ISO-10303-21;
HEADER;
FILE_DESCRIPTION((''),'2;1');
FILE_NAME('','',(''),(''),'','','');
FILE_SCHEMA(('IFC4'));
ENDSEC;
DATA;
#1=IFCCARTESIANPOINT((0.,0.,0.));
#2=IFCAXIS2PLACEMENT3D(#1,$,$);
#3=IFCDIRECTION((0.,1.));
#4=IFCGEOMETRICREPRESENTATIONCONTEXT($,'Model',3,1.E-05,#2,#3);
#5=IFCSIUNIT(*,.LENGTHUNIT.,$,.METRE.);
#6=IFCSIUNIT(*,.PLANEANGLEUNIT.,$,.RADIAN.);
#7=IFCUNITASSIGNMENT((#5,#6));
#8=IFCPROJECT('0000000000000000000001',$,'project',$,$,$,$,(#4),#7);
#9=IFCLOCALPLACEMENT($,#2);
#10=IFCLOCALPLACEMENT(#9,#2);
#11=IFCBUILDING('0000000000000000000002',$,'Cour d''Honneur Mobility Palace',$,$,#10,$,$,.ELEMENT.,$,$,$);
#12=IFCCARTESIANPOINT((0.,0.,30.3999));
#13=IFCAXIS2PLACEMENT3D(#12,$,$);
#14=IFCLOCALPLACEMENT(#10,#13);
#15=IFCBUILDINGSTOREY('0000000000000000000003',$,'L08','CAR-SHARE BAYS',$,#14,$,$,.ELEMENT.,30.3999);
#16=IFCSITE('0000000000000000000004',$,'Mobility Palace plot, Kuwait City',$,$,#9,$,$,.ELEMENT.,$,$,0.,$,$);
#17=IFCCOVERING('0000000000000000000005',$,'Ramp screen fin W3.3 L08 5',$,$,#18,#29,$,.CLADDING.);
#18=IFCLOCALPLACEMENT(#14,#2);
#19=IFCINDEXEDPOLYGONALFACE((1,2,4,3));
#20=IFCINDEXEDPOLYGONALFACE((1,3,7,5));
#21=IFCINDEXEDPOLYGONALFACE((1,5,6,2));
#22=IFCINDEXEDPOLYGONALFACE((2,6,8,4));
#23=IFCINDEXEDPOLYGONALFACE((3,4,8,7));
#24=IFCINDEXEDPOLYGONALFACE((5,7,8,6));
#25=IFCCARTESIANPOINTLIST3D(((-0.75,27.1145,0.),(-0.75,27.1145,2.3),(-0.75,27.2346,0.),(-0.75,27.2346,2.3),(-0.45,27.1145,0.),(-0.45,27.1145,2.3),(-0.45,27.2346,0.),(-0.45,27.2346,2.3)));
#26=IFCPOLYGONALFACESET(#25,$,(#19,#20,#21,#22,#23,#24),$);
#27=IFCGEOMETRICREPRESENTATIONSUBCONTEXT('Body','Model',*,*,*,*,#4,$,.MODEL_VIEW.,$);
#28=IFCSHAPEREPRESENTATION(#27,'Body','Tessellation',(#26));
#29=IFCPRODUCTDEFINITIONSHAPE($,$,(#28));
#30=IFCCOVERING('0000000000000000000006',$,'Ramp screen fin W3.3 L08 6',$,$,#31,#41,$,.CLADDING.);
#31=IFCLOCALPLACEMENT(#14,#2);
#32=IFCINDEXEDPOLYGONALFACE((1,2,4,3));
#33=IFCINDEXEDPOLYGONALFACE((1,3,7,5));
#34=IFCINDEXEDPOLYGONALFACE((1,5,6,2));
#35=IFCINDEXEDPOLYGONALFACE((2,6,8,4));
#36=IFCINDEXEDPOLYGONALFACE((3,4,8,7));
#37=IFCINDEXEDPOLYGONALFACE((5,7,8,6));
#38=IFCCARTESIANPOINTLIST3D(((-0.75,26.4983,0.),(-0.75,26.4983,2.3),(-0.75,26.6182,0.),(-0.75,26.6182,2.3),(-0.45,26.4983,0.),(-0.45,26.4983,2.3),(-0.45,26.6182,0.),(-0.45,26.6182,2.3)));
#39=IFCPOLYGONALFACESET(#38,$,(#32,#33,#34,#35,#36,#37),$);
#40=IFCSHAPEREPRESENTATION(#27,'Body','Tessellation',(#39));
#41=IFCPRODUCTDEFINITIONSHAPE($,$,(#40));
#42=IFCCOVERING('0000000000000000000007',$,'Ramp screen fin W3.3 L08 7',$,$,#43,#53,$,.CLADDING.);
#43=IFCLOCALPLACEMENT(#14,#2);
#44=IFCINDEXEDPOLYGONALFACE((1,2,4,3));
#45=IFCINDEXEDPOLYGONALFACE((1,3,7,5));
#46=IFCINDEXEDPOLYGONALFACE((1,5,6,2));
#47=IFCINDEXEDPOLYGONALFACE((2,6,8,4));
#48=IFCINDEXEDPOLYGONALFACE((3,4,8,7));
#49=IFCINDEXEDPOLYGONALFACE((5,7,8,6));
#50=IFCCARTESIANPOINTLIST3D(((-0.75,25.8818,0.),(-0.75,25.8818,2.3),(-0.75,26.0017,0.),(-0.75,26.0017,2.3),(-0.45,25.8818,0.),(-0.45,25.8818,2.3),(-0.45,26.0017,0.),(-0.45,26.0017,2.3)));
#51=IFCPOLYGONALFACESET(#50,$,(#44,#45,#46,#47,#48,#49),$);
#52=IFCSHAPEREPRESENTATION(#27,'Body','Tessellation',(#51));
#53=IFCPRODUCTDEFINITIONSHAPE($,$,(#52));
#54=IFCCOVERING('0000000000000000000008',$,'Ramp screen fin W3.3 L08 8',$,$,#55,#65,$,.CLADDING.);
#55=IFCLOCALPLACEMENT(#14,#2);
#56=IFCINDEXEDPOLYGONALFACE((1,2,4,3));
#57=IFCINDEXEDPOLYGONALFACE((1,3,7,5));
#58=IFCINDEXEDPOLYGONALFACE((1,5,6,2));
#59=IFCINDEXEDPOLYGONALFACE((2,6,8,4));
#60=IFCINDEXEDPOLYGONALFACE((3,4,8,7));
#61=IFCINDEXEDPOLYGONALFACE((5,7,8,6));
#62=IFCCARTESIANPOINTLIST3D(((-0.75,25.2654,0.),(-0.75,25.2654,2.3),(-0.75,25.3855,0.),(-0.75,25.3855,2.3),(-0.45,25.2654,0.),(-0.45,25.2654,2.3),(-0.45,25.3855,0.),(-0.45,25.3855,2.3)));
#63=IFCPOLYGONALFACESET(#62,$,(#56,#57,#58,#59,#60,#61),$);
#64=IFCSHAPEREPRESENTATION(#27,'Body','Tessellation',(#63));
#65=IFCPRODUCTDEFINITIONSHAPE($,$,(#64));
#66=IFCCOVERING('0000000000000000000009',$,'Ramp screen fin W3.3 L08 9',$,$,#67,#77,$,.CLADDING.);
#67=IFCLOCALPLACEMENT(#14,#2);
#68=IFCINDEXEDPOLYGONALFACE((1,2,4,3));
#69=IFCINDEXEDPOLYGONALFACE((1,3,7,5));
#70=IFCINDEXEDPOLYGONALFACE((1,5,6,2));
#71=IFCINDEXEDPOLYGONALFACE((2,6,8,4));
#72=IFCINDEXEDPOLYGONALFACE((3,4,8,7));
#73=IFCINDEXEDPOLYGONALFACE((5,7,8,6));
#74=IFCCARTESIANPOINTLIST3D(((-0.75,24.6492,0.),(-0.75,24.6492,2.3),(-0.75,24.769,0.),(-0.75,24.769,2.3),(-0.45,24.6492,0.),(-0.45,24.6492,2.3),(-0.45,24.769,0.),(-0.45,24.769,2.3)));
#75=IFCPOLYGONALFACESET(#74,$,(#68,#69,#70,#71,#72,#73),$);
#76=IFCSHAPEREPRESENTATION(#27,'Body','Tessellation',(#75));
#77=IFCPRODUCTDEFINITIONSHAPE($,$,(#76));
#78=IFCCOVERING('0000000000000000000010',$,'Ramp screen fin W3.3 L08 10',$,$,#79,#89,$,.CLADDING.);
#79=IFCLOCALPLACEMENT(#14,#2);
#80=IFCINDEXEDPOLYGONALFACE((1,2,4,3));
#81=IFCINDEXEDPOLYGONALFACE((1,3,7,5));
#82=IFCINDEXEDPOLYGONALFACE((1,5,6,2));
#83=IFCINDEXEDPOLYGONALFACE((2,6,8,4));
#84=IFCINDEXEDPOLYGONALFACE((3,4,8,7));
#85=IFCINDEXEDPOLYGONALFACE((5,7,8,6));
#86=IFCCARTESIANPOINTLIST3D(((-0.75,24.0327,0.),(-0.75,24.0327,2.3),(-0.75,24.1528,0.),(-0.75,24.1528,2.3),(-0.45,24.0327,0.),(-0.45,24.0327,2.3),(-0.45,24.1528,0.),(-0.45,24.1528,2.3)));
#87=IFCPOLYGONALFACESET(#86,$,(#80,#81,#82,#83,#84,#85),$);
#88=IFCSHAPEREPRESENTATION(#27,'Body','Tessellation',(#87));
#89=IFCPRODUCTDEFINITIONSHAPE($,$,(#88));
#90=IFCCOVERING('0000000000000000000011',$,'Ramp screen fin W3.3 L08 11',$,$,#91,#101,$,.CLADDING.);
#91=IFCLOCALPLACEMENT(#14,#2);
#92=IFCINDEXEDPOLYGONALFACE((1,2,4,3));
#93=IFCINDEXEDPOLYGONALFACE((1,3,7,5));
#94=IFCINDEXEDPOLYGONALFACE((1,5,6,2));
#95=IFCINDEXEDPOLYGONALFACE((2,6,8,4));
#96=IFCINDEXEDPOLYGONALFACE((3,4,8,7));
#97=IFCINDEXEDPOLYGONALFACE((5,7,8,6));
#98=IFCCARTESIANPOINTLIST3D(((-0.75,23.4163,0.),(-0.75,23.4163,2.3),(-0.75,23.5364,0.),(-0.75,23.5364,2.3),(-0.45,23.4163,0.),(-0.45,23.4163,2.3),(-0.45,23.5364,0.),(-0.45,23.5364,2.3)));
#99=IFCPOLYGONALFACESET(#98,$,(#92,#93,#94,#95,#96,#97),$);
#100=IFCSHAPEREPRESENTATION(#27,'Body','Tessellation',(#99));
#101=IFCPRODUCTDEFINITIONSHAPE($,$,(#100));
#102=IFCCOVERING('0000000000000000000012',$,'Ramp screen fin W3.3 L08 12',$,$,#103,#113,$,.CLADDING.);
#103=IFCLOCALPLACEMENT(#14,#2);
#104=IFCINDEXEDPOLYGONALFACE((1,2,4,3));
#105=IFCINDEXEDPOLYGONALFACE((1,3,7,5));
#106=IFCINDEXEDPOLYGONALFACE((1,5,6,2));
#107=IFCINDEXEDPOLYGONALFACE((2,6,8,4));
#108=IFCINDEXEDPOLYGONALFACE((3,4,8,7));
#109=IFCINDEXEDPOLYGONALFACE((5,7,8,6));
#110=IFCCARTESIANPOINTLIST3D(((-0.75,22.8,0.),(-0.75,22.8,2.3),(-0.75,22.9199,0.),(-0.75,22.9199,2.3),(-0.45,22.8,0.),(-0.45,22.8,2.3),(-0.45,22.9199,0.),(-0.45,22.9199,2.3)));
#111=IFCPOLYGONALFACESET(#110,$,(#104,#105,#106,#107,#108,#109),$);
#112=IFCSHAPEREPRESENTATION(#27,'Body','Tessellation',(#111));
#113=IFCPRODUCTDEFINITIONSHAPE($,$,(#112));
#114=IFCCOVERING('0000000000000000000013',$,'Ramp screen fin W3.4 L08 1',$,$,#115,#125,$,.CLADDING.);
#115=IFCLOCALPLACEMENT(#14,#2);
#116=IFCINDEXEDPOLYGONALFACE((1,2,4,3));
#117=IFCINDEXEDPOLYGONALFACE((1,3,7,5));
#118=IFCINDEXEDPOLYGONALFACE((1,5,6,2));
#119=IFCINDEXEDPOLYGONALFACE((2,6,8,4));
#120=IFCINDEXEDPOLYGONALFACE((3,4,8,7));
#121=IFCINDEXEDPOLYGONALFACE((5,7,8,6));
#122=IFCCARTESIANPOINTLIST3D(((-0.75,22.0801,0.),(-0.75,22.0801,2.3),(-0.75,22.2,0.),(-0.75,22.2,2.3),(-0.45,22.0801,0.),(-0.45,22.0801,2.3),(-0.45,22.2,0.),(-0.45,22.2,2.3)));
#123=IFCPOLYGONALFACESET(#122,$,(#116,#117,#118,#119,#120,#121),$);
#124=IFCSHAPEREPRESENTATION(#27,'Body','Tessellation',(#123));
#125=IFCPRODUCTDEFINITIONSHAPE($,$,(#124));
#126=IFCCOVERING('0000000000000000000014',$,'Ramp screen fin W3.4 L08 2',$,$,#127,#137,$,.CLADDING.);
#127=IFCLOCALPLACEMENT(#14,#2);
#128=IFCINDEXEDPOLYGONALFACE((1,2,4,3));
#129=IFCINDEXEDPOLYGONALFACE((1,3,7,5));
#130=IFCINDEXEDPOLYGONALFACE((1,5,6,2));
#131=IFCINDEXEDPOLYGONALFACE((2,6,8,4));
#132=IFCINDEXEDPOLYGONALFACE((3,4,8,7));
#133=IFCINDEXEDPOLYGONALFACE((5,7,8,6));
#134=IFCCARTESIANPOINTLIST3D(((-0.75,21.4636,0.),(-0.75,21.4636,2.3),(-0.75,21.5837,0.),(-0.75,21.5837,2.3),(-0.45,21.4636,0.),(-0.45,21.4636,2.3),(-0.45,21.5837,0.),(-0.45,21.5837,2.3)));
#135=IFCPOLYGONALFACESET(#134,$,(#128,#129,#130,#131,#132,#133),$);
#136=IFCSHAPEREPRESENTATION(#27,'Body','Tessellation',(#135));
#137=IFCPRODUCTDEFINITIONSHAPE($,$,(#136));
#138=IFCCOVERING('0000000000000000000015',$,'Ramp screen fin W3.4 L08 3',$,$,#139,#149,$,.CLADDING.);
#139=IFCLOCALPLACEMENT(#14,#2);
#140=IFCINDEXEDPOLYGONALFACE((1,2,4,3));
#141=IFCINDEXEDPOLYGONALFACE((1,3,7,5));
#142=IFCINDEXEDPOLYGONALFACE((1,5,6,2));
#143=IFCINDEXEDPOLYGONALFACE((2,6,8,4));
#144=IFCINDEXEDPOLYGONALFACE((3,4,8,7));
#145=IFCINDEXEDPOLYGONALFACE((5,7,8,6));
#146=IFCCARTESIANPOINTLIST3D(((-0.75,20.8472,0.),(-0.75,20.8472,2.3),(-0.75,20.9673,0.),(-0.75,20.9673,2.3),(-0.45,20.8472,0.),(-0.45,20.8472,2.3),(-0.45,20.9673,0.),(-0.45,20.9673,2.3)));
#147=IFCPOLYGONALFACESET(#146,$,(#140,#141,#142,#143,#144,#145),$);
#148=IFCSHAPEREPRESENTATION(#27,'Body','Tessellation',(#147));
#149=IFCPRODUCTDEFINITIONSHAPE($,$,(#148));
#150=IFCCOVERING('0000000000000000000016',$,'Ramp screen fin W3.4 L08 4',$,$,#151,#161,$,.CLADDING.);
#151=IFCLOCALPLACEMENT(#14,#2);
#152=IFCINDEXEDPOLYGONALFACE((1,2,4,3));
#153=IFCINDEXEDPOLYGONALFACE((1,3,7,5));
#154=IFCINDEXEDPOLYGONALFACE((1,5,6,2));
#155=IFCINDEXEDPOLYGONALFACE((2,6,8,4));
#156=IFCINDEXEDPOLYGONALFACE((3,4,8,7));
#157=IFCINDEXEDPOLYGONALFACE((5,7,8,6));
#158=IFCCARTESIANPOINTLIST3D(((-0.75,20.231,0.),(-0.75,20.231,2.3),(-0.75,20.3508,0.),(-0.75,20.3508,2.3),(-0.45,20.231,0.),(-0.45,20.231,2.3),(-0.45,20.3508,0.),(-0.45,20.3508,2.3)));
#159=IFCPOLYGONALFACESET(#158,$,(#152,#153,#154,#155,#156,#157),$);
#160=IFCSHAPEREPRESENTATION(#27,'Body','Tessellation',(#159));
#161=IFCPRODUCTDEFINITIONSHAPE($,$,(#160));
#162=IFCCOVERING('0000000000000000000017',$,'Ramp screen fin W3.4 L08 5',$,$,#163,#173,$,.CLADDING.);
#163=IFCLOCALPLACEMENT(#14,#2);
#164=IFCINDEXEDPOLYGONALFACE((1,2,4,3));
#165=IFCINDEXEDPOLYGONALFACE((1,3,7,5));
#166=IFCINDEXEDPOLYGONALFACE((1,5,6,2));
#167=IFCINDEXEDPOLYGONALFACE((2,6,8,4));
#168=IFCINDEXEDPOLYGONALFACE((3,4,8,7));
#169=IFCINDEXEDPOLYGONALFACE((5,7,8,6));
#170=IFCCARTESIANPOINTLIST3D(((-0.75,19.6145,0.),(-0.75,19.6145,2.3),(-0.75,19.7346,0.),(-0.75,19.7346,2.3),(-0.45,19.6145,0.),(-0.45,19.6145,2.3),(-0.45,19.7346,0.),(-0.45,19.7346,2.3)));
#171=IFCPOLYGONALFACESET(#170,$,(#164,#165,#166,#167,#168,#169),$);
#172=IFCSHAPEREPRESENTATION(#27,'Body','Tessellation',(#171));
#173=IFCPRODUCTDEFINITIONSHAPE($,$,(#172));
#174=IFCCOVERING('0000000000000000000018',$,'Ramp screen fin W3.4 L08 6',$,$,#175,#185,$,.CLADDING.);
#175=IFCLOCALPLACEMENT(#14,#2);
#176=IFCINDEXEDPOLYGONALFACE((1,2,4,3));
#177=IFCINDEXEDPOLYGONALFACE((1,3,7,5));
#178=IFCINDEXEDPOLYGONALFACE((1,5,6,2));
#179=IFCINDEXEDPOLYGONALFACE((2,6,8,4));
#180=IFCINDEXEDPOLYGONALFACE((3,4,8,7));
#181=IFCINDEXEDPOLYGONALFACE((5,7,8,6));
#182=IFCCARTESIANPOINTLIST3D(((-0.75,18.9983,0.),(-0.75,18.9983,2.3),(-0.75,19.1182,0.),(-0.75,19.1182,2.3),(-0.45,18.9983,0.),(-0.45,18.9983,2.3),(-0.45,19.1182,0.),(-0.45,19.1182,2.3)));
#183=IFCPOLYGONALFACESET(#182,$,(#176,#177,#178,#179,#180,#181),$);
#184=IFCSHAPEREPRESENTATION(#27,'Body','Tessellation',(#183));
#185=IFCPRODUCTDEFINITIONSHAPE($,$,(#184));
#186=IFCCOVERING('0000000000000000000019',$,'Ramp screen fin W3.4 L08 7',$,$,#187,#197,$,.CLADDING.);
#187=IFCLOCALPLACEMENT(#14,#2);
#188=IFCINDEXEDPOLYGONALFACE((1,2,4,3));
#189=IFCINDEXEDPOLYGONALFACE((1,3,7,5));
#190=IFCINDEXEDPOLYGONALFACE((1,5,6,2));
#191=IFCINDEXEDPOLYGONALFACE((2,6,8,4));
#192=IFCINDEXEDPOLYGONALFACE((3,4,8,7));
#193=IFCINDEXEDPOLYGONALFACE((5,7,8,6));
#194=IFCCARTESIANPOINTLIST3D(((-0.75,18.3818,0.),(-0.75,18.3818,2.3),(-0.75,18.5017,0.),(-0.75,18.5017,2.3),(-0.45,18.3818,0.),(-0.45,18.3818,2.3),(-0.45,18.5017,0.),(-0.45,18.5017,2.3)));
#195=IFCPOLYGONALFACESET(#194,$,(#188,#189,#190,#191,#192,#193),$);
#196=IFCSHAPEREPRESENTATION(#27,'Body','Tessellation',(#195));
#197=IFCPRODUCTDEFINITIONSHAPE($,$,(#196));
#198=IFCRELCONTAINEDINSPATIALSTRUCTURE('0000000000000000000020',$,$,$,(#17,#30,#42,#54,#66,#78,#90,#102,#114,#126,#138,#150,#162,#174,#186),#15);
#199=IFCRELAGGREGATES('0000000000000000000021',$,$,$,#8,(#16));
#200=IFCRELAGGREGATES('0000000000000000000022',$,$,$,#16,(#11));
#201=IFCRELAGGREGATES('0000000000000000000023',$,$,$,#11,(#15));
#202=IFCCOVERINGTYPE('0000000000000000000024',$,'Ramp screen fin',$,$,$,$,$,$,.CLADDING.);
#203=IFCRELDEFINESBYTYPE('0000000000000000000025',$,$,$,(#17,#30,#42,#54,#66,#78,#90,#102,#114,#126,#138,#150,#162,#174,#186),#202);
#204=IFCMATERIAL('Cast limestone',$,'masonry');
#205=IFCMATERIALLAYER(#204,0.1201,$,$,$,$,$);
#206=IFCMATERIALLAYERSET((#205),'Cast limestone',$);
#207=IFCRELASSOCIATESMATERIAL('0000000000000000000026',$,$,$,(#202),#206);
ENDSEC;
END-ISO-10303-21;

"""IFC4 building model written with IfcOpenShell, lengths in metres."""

from ifc_helpers import new_model, si_unit, direction, frame, origin, place, context, subcontext, project, spatial, polyline, outline, extrude, material, layer, layer_set, type_object, element, save


model = new_model("IFC4")

# Units and contexts
model_context = context("Model", 3, precision=1e-05, world=origin(), true_north=direction((0.0, 1.0)))
body_context = subcontext(model_context, "Body", "Model", "MODEL_VIEW")
ifc_project = project(units=[si_unit("LENGTHUNIT", "METRE"), si_unit("PLANEANGLEUNIT", "RADIAN")], contexts=[model_context])

# Site, building, storey
site_placement = place(None, origin())
site = spatial("IfcSite", under=ifc_project, at=site_placement, Name="Mobility Palace plot, Kuwait City", CompositionType="ELEMENT", RefElevation=0.0)
building_placement = place(site_placement, origin())
building = spatial("IfcBuilding", under=site, at=building_placement, Name="Cour d'Honneur Mobility Palace", CompositionType="ELEMENT")
storey_placement = place(building_placement, frame((0.0, 0.0, 30.3999)))
storey = spatial("IfcBuildingStorey", under=building, at=storey_placement, Name="L08", Description="CAR-SHARE BAYS", CompositionType="ELEMENT", Elevation=30.3999)

# Coverings
ifc_material = material(Name="Cast limestone", Category="masonry")
ifc_layer = layer(ifc_material, 0.1201)
ifc_layer_set = layer_set([ifc_layer], Name="Cast limestone")
covering_type = type_object("IfcCoveringType", Name="Ramp screen fin", PredefinedType="CLADDING", material=ifc_layer_set)
covering_1_placement = place(storey_placement, origin())
element("IfcCovering", 1, at=covering_1_placement, inside=storey, type_object=covering_type, Name="Ramp screen fin W3.3 L08 5", PredefinedType="CLADDING", context=body_context, shape_type="SweptSolid", body=[
    extrude(outline(polyline([(-0.45, 27.2346), (-0.45, 27.1145), (-0.75, 27.1145), (-0.75, 27.2346), (-0.45, 27.2346)])), origin(), (0.0, 0.0, 1.0), 2.3),
])
covering_2_placement = place(storey_placement, origin())
element("IfcCovering", 2, at=covering_2_placement, inside=storey, type_object=covering_type, Name="Ramp screen fin W3.3 L08 6", PredefinedType="CLADDING", context=body_context, shape_type="SweptSolid", body=[
    extrude(outline(polyline([(-0.45, 26.6182), (-0.45, 26.4983), (-0.75, 26.4983), (-0.75, 26.6182), (-0.45, 26.6182)])), origin(), (0.0, 0.0, 1.0), 2.3),
])
covering_3_placement = place(storey_placement, origin())
element("IfcCovering", 3, at=covering_3_placement, inside=storey, type_object=covering_type, Name="Ramp screen fin W3.3 L08 7", PredefinedType="CLADDING", context=body_context, shape_type="SweptSolid", body=[
    extrude(outline(polyline([(-0.45, 26.0017), (-0.45, 25.8818), (-0.75, 25.8818), (-0.75, 26.0017), (-0.45, 26.0017)])), origin(), (0.0, 0.0, 1.0), 2.3),
])
covering_4_placement = place(storey_placement, origin())
element("IfcCovering", 4, at=covering_4_placement, inside=storey, type_object=covering_type, Name="Ramp screen fin W3.3 L08 8", PredefinedType="CLADDING", context=body_context, shape_type="SweptSolid", body=[
    extrude(outline(polyline([(-0.45, 25.3855), (-0.45, 25.2654), (-0.75, 25.2654), (-0.75, 25.3855), (-0.45, 25.3855)])), origin(), (0.0, 0.0, 1.0), 2.3),
])
covering_5_placement = place(storey_placement, origin())
element("IfcCovering", 5, at=covering_5_placement, inside=storey, type_object=covering_type, Name="Ramp screen fin W3.3 L08 9", PredefinedType="CLADDING", context=body_context, shape_type="SweptSolid", body=[
    extrude(outline(polyline([(-0.45, 24.769), (-0.45, 24.6492), (-0.75, 24.6492), (-0.75, 24.769), (-0.45, 24.769)])), origin(), (0.0, 0.0, 1.0), 2.3),
])
covering_6_placement = place(storey_placement, origin())
element("IfcCovering", 6, at=covering_6_placement, inside=storey, type_object=covering_type, Name="Ramp screen fin W3.3 L08 10", PredefinedType="CLADDING", context=body_context, shape_type="SweptSolid", body=[
    extrude(outline(polyline([(-0.45, 24.1528), (-0.45, 24.0327), (-0.75, 24.0327), (-0.75, 24.1528), (-0.45, 24.1528)])), origin(), (0.0, 0.0, 1.0), 2.3),
])
covering_7_placement = place(storey_placement, origin())
element("IfcCovering", 7, at=covering_7_placement, inside=storey, type_object=covering_type, Name="Ramp screen fin W3.3 L08 11", PredefinedType="CLADDING", context=body_context, shape_type="SweptSolid", body=[
    extrude(outline(polyline([(-0.45, 23.5364), (-0.45, 23.4163), (-0.75, 23.4163), (-0.75, 23.5364), (-0.45, 23.5364)])), origin(), (0.0, 0.0, 1.0), 2.3),
])
covering_8_placement = place(storey_placement, origin())
element("IfcCovering", 8, at=covering_8_placement, inside=storey, type_object=covering_type, Name="Ramp screen fin W3.3 L08 12", PredefinedType="CLADDING", context=body_context, shape_type="SweptSolid", body=[
    extrude(outline(polyline([(-0.45, 22.9199), (-0.45, 22.8), (-0.75, 22.8), (-0.75, 22.9199), (-0.45, 22.9199)])), origin(), (0.0, 0.0, 1.0), 2.3),
])
covering_9_placement = place(storey_placement, origin())
element("IfcCovering", 9, at=covering_9_placement, inside=storey, type_object=covering_type, Name="Ramp screen fin W3.4 L08 1", PredefinedType="CLADDING", context=body_context, shape_type="SweptSolid", body=[
    extrude(outline(polyline([(-0.45, 22.2), (-0.45, 22.0801), (-0.75, 22.0801), (-0.75, 22.2), (-0.45, 22.2)])), origin(), (0.0, 0.0, 1.0), 2.3),
])
covering_10_placement = place(storey_placement, origin())
element("IfcCovering", 10, at=covering_10_placement, inside=storey, type_object=covering_type, Name="Ramp screen fin W3.4 L08 2", PredefinedType="CLADDING", context=body_context, shape_type="SweptSolid", body=[
    extrude(outline(polyline([(-0.45, 21.5837), (-0.45, 21.4636), (-0.75, 21.4636), (-0.75, 21.5837), (-0.45, 21.5837)])), origin(), (0.0, 0.0, 1.0), 2.3),
])
covering_11_placement = place(storey_placement, origin())
element("IfcCovering", 11, at=covering_11_placement, inside=storey, type_object=covering_type, Name="Ramp screen fin W3.4 L08 3", PredefinedType="CLADDING", context=body_context, shape_type="SweptSolid", body=[
    extrude(outline(polyline([(-0.45, 20.9673), (-0.45, 20.8472), (-0.75, 20.8472), (-0.75, 20.9673), (-0.45, 20.9673)])), origin(), (0.0, 0.0, 1.0), 2.3),
])
covering_12_placement = place(storey_placement, origin())
element("IfcCovering", 12, at=covering_12_placement, inside=storey, type_object=covering_type, Name="Ramp screen fin W3.4 L08 4", PredefinedType="CLADDING", context=body_context, shape_type="SweptSolid", body=[
    extrude(outline(polyline([(-0.45, 20.3508), (-0.45, 20.231), (-0.75, 20.231), (-0.75, 20.3508), (-0.45, 20.3508)])), origin(), (0.0, 0.0, 1.0), 2.3),
])
covering_13_placement = place(storey_placement, origin())
element("IfcCovering", 13, at=covering_13_placement, inside=storey, type_object=covering_type, Name="Ramp screen fin W3.4 L08 5", PredefinedType="CLADDING", context=body_context, shape_type="SweptSolid", body=[
    extrude(outline(polyline([(-0.45, 19.7346), (-0.45, 19.6145), (-0.75, 19.6145), (-0.75, 19.7346), (-0.45, 19.7346)])), origin(), (0.0, 0.0, 1.0), 2.3),
])
covering_14_placement = place(storey_placement, origin())
element("IfcCovering", 14, at=covering_14_placement, inside=storey, type_object=covering_type, Name="Ramp screen fin W3.4 L08 6", PredefinedType="CLADDING", context=body_context, shape_type="SweptSolid", body=[
    extrude(outline(polyline([(-0.45, 19.1182), (-0.45, 18.9983), (-0.75, 18.9983), (-0.75, 19.1182), (-0.45, 19.1182)])), origin(), (0.0, 0.0, 1.0), 2.3),
])
covering_15_placement = place(storey_placement, origin())
element("IfcCovering", 15, at=covering_15_placement, inside=storey, type_object=covering_type, Name="Ramp screen fin W3.4 L08 7", PredefinedType="CLADDING", context=body_context, shape_type="SweptSolid", body=[
    extrude(outline(polyline([(-0.45, 18.5017), (-0.45, 18.3818), (-0.75, 18.3818), (-0.75, 18.5017), (-0.45, 18.5017)])), origin(), (0.0, 0.0, 1.0), 2.3),
])

save(model, "model.ifc")
